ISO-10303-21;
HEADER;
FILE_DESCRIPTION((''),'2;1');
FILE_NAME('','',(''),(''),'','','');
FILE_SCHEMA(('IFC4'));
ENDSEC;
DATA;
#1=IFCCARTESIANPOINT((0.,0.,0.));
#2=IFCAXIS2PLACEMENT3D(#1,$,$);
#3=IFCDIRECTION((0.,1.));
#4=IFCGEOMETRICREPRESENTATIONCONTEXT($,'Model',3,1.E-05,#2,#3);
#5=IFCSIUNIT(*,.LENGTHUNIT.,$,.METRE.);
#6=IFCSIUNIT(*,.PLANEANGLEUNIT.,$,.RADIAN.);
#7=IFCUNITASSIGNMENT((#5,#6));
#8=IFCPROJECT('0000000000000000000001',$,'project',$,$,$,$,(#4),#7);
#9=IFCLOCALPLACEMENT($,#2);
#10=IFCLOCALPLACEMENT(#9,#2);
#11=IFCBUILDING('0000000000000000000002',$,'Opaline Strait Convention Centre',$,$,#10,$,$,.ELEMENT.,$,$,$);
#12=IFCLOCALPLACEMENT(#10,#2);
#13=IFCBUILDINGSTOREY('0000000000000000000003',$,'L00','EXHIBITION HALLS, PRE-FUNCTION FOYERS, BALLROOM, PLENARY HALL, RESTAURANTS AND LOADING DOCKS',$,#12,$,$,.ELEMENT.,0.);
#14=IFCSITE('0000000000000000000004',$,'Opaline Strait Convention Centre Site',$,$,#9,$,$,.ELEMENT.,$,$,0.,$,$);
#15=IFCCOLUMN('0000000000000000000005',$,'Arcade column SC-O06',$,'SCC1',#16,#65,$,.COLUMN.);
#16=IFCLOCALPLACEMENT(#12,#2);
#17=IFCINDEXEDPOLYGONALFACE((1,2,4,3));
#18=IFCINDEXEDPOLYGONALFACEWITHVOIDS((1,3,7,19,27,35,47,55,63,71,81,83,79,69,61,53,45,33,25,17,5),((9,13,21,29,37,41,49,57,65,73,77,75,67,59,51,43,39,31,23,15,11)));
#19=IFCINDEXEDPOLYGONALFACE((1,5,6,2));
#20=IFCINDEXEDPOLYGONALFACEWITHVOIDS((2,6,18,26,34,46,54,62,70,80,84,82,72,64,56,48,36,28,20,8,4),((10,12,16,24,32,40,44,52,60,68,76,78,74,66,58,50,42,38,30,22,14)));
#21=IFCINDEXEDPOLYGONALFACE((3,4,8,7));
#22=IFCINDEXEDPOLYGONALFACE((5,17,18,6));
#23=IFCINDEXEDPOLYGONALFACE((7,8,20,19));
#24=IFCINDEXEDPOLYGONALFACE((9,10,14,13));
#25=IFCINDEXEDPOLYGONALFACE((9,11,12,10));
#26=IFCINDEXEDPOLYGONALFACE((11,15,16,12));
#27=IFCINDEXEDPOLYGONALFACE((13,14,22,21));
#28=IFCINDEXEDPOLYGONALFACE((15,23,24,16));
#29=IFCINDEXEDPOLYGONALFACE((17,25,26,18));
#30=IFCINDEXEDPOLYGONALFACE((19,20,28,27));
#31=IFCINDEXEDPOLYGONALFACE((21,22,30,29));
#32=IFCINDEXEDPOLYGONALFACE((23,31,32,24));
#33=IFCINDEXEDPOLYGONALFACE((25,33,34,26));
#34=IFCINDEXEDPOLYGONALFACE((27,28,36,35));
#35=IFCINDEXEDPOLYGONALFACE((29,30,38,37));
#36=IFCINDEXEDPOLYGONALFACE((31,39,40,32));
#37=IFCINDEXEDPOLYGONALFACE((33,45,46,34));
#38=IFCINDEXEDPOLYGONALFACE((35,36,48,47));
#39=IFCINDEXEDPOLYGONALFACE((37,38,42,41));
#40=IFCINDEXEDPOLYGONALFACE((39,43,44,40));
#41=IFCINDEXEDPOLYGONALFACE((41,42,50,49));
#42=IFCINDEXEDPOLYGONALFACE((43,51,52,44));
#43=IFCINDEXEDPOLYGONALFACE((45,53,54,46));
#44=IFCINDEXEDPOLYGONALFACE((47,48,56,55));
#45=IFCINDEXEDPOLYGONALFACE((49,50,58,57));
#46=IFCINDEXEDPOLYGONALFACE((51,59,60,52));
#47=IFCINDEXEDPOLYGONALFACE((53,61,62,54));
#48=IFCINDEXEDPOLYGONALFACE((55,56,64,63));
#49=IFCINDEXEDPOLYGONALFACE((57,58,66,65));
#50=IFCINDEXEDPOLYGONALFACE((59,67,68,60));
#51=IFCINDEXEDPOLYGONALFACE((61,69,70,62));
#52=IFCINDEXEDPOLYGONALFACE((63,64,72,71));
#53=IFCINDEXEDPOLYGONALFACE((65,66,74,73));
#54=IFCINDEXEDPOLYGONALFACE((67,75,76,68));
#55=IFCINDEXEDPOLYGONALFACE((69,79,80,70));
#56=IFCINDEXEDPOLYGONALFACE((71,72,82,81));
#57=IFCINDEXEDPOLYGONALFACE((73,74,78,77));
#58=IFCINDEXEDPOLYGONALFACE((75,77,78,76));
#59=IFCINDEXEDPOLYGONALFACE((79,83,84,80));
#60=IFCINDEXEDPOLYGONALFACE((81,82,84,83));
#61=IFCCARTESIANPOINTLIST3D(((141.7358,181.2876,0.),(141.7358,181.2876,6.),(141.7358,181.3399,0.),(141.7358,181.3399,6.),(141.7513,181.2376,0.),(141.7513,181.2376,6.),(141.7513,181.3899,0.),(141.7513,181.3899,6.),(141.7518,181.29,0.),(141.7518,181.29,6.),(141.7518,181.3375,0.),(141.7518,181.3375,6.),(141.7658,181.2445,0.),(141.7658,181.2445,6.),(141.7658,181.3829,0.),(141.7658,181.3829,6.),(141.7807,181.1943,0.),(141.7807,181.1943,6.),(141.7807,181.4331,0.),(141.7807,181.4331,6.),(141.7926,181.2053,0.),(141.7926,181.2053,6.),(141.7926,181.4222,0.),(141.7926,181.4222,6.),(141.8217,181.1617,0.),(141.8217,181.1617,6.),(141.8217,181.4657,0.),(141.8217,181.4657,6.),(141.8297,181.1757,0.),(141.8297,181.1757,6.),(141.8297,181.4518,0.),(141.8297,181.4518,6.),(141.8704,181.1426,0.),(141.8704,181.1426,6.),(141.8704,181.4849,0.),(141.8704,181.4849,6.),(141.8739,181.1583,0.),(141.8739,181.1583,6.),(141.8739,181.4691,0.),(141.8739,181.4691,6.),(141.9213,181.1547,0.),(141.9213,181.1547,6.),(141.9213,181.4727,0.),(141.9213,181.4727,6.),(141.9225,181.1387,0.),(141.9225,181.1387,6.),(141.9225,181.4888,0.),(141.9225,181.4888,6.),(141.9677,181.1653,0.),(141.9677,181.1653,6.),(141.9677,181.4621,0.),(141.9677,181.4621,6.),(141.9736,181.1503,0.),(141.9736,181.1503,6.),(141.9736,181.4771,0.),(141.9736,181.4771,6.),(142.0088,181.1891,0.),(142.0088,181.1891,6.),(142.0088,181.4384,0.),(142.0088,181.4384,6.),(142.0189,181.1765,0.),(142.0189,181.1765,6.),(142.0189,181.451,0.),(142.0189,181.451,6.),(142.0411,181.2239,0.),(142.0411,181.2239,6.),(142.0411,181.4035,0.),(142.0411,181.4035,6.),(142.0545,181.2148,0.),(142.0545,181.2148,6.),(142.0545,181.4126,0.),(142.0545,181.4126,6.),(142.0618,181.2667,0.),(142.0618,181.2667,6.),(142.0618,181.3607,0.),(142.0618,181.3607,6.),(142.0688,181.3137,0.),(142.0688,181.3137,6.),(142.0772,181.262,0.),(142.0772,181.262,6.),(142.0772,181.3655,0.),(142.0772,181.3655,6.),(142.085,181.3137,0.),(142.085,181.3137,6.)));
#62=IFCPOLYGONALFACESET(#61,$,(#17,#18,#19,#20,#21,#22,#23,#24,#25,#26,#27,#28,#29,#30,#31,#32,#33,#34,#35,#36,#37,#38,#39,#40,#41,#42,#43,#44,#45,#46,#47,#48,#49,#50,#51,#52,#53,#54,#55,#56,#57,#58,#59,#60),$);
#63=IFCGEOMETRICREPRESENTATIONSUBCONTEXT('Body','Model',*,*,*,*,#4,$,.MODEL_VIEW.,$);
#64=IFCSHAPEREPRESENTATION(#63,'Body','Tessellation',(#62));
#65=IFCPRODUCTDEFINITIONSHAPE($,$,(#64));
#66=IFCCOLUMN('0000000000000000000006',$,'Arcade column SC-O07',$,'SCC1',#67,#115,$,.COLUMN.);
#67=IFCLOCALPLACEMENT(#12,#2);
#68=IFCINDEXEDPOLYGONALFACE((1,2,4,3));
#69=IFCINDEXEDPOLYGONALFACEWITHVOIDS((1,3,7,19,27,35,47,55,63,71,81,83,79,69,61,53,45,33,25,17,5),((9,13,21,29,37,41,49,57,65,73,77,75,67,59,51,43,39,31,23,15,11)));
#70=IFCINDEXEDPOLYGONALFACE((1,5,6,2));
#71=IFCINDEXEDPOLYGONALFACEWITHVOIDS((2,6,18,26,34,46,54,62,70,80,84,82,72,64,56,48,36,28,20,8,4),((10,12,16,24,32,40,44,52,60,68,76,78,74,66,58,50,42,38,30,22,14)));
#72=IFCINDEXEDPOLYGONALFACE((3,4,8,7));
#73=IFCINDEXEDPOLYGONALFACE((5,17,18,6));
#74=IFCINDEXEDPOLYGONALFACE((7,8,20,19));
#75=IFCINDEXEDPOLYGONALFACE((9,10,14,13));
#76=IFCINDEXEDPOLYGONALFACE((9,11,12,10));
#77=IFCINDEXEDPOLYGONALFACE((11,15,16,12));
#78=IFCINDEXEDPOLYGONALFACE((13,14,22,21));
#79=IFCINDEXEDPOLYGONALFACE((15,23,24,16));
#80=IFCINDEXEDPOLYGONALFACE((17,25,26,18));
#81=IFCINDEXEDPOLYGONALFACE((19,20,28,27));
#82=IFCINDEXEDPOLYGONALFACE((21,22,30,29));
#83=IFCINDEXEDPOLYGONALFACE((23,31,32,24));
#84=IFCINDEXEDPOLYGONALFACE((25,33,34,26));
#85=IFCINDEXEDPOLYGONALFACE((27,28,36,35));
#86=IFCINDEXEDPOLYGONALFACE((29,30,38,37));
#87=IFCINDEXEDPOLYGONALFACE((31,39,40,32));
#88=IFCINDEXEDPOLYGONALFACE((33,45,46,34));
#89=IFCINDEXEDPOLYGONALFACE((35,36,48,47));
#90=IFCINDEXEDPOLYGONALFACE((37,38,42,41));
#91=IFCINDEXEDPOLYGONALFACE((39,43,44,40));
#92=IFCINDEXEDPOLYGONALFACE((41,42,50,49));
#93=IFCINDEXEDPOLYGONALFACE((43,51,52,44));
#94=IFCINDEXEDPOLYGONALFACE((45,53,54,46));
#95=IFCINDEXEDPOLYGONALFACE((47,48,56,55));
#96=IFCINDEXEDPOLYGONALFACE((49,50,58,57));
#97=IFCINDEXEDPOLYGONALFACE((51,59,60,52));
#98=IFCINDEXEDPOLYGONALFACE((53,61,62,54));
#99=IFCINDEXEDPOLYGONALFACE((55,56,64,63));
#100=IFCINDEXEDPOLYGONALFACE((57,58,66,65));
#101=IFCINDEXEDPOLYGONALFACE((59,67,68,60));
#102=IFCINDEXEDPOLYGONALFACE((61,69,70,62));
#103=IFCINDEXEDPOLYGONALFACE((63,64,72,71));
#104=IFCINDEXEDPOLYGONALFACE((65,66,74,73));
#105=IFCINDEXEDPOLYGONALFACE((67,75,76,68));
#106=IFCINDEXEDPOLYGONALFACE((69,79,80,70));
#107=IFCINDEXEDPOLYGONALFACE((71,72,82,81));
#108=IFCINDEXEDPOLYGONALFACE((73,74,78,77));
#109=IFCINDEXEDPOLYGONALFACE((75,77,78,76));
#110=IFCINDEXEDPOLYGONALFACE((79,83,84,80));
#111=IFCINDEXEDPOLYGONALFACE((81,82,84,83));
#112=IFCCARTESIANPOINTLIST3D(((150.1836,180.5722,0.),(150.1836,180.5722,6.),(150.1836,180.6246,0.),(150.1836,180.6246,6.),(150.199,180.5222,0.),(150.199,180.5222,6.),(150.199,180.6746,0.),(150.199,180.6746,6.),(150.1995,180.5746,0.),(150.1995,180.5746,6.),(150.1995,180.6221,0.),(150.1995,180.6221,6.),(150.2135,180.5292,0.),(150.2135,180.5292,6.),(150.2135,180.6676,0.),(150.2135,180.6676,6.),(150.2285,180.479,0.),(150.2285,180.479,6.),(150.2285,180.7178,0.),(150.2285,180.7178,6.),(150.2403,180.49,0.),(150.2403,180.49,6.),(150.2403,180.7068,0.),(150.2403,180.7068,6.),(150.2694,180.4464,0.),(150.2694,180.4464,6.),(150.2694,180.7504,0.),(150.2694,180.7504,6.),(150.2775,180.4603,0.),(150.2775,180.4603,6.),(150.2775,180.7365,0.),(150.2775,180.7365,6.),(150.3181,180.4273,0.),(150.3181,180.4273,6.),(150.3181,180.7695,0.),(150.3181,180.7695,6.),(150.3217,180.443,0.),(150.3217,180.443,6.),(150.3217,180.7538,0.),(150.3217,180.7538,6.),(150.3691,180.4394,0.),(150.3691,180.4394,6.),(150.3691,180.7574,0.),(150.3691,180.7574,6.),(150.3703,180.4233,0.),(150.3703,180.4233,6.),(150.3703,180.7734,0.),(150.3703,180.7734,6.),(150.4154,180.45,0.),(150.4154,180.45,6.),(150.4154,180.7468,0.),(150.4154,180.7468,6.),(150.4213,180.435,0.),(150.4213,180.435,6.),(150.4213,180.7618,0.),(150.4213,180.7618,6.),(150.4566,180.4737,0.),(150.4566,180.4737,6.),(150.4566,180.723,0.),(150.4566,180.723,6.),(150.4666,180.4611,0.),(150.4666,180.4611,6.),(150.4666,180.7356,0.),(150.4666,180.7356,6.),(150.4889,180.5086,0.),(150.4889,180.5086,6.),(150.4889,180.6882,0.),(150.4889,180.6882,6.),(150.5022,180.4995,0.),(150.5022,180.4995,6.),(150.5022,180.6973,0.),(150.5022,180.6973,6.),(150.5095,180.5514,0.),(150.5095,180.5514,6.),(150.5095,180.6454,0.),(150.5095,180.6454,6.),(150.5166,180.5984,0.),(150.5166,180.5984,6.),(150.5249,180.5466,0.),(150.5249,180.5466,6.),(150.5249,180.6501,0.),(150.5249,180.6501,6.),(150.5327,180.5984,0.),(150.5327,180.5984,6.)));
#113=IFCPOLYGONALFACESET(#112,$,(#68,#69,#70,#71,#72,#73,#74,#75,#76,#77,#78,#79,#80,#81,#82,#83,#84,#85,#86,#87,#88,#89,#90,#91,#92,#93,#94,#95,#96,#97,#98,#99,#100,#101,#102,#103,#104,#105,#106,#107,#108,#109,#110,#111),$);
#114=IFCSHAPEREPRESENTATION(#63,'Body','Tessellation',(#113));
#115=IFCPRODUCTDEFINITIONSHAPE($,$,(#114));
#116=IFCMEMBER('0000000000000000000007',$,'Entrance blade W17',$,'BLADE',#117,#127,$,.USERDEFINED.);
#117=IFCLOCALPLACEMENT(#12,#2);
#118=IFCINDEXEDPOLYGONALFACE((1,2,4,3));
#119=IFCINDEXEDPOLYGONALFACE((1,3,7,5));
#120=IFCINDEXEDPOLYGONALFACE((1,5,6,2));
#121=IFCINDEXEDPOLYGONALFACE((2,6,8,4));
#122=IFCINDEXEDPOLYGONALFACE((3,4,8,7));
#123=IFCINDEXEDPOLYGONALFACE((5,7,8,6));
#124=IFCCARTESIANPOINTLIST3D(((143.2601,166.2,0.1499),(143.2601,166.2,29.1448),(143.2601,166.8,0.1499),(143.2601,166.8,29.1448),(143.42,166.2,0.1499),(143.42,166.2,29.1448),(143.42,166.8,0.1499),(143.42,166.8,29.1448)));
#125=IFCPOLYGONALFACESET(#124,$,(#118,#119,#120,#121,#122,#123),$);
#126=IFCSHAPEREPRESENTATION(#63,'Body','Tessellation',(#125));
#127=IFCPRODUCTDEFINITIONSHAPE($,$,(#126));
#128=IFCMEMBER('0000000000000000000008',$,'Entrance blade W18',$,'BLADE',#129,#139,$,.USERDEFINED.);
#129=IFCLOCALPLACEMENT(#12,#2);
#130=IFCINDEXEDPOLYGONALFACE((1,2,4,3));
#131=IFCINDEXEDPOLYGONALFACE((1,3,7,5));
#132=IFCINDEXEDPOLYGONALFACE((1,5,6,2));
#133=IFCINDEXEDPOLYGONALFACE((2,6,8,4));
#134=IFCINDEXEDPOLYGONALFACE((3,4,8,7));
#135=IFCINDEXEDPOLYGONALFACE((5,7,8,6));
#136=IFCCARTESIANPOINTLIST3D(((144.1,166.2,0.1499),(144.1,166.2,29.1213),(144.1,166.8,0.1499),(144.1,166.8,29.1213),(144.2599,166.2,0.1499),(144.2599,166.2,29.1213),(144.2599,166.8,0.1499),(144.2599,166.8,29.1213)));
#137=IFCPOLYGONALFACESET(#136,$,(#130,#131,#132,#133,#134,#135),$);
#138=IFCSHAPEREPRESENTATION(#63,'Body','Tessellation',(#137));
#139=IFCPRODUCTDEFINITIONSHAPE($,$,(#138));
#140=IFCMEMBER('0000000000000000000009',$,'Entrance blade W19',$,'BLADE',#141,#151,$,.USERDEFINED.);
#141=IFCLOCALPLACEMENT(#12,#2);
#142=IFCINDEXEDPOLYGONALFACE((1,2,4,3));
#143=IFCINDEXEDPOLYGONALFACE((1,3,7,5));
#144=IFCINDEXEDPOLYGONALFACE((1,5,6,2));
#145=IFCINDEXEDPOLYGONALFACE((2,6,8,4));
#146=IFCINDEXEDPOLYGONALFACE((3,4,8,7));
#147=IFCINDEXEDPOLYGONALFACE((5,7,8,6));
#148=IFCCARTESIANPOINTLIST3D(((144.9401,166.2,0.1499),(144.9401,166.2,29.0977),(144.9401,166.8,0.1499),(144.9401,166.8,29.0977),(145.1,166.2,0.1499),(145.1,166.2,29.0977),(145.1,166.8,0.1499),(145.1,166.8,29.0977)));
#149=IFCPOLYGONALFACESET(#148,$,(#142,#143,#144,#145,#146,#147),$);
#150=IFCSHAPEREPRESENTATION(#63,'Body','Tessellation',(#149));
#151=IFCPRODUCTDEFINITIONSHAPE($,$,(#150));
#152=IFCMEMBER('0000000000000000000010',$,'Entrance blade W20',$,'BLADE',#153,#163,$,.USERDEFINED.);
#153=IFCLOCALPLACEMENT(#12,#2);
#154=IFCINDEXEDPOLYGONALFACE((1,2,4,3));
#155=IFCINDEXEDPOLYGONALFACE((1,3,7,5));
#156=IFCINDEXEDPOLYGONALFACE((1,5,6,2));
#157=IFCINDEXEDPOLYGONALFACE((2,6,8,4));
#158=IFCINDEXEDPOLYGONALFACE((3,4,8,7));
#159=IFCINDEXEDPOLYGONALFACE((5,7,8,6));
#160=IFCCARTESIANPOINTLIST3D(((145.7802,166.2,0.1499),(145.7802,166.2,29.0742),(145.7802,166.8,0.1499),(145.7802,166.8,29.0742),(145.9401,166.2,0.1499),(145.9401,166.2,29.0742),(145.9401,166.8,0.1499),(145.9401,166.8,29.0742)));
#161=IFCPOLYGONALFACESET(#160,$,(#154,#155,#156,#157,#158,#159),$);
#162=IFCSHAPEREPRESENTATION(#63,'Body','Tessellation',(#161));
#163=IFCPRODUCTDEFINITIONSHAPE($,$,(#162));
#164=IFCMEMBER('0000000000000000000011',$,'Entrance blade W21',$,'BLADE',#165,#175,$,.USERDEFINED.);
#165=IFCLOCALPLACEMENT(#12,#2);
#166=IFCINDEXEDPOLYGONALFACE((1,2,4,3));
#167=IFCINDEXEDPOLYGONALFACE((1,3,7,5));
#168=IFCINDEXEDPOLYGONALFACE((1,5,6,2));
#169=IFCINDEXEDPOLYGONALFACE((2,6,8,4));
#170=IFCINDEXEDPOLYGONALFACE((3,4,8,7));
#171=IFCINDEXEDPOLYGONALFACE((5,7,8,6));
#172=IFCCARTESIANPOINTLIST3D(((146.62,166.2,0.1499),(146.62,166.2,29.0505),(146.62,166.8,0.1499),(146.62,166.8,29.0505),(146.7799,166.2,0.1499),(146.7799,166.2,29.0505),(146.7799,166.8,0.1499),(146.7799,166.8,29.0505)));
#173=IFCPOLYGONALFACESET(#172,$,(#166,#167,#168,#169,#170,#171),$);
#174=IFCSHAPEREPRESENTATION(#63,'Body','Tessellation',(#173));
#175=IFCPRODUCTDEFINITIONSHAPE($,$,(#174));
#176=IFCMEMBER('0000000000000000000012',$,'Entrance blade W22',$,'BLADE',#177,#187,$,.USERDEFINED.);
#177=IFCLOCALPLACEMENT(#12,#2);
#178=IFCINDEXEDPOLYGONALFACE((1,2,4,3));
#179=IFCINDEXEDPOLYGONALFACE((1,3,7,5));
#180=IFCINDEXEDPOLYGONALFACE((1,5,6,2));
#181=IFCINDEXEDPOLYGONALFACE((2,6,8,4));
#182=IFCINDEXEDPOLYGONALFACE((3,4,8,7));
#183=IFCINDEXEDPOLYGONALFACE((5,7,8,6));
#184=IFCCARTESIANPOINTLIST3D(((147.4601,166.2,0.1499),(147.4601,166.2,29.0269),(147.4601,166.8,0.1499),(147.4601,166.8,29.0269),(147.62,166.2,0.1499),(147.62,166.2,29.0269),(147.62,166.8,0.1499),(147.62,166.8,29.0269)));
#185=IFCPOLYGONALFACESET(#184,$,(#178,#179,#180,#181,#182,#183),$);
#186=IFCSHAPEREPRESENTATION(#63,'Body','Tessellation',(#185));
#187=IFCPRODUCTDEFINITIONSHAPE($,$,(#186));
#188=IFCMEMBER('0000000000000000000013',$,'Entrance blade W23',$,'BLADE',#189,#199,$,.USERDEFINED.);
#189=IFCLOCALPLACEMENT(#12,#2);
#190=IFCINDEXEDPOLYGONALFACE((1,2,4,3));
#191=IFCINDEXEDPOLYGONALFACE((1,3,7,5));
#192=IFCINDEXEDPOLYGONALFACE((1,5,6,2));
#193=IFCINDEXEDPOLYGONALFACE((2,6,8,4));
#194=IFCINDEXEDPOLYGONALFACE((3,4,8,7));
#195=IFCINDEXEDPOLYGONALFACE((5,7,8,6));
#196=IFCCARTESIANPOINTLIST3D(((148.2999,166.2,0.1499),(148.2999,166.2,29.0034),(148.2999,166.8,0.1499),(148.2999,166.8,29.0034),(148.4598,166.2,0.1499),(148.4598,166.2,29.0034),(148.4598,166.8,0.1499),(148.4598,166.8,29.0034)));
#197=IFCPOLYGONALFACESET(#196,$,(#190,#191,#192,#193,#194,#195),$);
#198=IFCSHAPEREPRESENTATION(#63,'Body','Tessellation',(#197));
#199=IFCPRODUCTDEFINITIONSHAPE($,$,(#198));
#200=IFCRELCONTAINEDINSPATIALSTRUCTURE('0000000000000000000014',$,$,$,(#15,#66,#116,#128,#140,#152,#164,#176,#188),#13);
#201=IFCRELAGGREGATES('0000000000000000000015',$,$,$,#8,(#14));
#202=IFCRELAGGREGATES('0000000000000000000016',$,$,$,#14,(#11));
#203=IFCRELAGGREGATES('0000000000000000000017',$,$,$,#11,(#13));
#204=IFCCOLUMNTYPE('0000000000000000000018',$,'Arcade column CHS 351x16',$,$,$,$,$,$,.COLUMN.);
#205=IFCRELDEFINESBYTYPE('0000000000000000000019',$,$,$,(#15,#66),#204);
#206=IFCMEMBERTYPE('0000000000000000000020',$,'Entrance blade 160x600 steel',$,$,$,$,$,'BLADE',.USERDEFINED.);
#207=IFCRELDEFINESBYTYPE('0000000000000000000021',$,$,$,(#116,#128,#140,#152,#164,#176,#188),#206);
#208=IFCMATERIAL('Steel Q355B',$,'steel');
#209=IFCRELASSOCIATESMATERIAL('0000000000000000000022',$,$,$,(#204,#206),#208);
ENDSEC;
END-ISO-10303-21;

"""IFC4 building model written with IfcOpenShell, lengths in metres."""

from ifc_helpers import new_model, si_unit, direction, frame, origin, origin_2d, place, context, subcontext, project, spatial, rectangle, hollow_circle, extrude, material, material_profile, profile_set, type_object, element, save


model = new_model("IFC4")

# Units and contexts
model_context = context("Model", 3, precision=1e-05, world=origin(), true_north=direction((0.0, 1.0)))
body_context = subcontext(model_context, "Body", "Model", "MODEL_VIEW")
ifc_project = project(units=[si_unit("LENGTHUNIT", "METRE"), si_unit("PLANEANGLEUNIT", "RADIAN")], contexts=[model_context])

# Site, building, storey
site_placement = place(None, origin())
site = spatial("IfcSite", under=ifc_project, at=site_placement, Name="Opaline Strait Convention Centre Site", CompositionType="ELEMENT", RefElevation=0.0)
building_placement = place(site_placement, origin())
building = spatial("IfcBuilding", under=site, at=building_placement, Name="Opaline Strait Convention Centre", CompositionType="ELEMENT")
storey_placement = place(building_placement, origin())
storey = spatial("IfcBuildingStorey", under=building, at=storey_placement, Name="L00", Description="EXHIBITION HALLS, PRE-FUNCTION FOYERS, BALLROOM, PLENARY HALL, RESTAURANTS AND LOADING DOCKS", CompositionType="ELEMENT", Elevation=0.0)

# Columns
ifc_material_1 = material(Name="Steel Q355B", Category="steel")
ifc_material_profile_1 = material_profile(ifc_material_1, hollow_circle(Radius=0.1755, WallThickness=0.0161, at=origin_2d()), Name="CHS 351x16")
ifc_profile_set_1 = profile_set([ifc_material_profile_1], Name="Steel Q355B")
column_type = type_object("IfcColumnType", Name="Arcade column CHS 351x16", PredefinedType="COLUMN", material=ifc_profile_set_1)
for number, where, z_axis, x_axis, name in (
    (1, (141.9094, 181.3137, 0.0), (0.0, 0.0, 1.0), (1.0, 0.0, 0.0), "Arcade column SC-O06"),
    (2, (150.3572, 180.5984, 0.0), (0.0, 0.0, 1.0), (1.0, 0.0, 0.0), "Arcade column SC-O07"),
):
    element("IfcColumn", number, at=place(storey_placement, frame(where, z_axis=z_axis, x_axis=x_axis)), inside=storey, type_object=column_type, Name=name, ObjectType="SCC1", PredefinedType="COLUMN", context=body_context, shape_type="SweptSolid", body=[
        extrude(hollow_circle(Radius=0.1755, WallThickness=0.0161, at=origin_2d()), origin(), (0.0, 0.0, 1.0), 6.0),
    ])

# Members
ifc_material_profile_2 = material_profile(ifc_material_1, rectangle(XDim=0.1599, YDim=0.6001, at=origin_2d()), Name="BAR 160x600")
ifc_profile_set_2 = profile_set([ifc_material_profile_2], Name="Steel Q355B")
member_type = type_object("IfcMemberType", Name="Entrance blade 160x600 steel", ElementType="BLADE", PredefinedType="USERDEFINED", material=ifc_profile_set_2)
member_1_placement = place(storey_placement, frame((143.3401, 166.5, 0.1499), z_axis=(0.0, 0.0, 1.0), x_axis=(1.0, 0.0, 0.0)))
element("IfcMember", 3, at=member_1_placement, inside=storey, type_object=member_type, Name="Entrance blade W17", ObjectType="BLADE", PredefinedType="USERDEFINED", context=body_context, shape_type="SweptSolid", body=[
    extrude(rectangle(XDim=0.1599, YDim=0.6001, at=origin_2d()), origin(), (0.0, 0.0, 1.0), 28.9949),
])
member_2_placement = place(storey_placement, frame((144.1799, 166.5, 0.1499), z_axis=(0.0, 0.0, 1.0), x_axis=(1.0, 0.0, 0.0)))
element("IfcMember", 4, at=member_2_placement, inside=storey, type_object=member_type, Name="Entrance blade W18", ObjectType="BLADE", PredefinedType="USERDEFINED", context=body_context, shape_type="SweptSolid", body=[
    extrude(rectangle(XDim=0.1599, YDim=0.6001, at=origin_2d()), origin(), (0.0, 0.0, 1.0), 28.9714),
])
member_3_placement = place(storey_placement, frame((145.02, 166.5, 0.1499), z_axis=(0.0, 0.0, 1.0), x_axis=(1.0, 0.0, 0.0)))
element("IfcMember", 5, at=member_3_placement, inside=storey, type_object=member_type, Name="Entrance blade W19", ObjectType="BLADE", PredefinedType="USERDEFINED", context=body_context, shape_type="SweptSolid", body=[
    extrude(rectangle(XDim=0.1599, YDim=0.6001, at=origin_2d()), origin(), (0.0, 0.0, 1.0), 28.9478),
])
member_4_placement = place(storey_placement, frame((145.8601, 166.5, 0.1499), z_axis=(0.0, 0.0, 1.0), x_axis=(1.0, 0.0, 0.0)))
element("IfcMember", 6, at=member_4_placement, inside=storey, type_object=member_type, Name="Entrance blade W20", ObjectType="BLADE", PredefinedType="USERDEFINED", context=body_context, shape_type="SweptSolid", body=[
    extrude(rectangle(XDim=0.1599, YDim=0.6001, at=origin_2d()), origin(), (0.0, 0.0, 1.0), 28.9243),
])
member_5_placement = place(storey_placement, frame((146.7, 166.5, 0.1499), z_axis=(0.0, 0.0, 1.0), x_axis=(1.0, 0.0, 0.0)))
element("IfcMember", 7, at=member_5_placement, inside=storey, type_object=member_type, Name="Entrance blade W21", ObjectType="BLADE", PredefinedType="USERDEFINED", context=body_context, shape_type="SweptSolid", body=[
    extrude(rectangle(XDim=0.1599, YDim=0.6001, at=origin_2d()), origin(), (0.0, 0.0, 1.0), 28.9006),
])
member_6_placement = place(storey_placement, frame((147.54, 166.5, 0.1499), z_axis=(0.0, 0.0, 1.0), x_axis=(1.0, 0.0, 0.0)))
element("IfcMember", 8, at=member_6_placement, inside=storey, type_object=member_type, Name="Entrance blade W22", ObjectType="BLADE", PredefinedType="USERDEFINED", context=body_context, shape_type="SweptSolid", body=[
    extrude(rectangle(XDim=0.1599, YDim=0.6001, at=origin_2d()), origin(), (0.0, 0.0, 1.0), 28.877),
])
member_7_placement = place(storey_placement, frame((148.3799, 166.5, 0.1499), z_axis=(0.0, 0.0, 1.0), x_axis=(1.0, 0.0, 0.0)))
element("IfcMember", 9, at=member_7_placement, inside=storey, type_object=member_type, Name="Entrance blade W23", ObjectType="BLADE", PredefinedType="USERDEFINED", context=body_context, shape_type="SweptSolid", body=[
    extrude(rectangle(XDim=0.1599, YDim=0.6001, at=origin_2d()), origin(), (0.0, 0.0, 1.0), 28.8535),
])

save(model, "model.ifc")
